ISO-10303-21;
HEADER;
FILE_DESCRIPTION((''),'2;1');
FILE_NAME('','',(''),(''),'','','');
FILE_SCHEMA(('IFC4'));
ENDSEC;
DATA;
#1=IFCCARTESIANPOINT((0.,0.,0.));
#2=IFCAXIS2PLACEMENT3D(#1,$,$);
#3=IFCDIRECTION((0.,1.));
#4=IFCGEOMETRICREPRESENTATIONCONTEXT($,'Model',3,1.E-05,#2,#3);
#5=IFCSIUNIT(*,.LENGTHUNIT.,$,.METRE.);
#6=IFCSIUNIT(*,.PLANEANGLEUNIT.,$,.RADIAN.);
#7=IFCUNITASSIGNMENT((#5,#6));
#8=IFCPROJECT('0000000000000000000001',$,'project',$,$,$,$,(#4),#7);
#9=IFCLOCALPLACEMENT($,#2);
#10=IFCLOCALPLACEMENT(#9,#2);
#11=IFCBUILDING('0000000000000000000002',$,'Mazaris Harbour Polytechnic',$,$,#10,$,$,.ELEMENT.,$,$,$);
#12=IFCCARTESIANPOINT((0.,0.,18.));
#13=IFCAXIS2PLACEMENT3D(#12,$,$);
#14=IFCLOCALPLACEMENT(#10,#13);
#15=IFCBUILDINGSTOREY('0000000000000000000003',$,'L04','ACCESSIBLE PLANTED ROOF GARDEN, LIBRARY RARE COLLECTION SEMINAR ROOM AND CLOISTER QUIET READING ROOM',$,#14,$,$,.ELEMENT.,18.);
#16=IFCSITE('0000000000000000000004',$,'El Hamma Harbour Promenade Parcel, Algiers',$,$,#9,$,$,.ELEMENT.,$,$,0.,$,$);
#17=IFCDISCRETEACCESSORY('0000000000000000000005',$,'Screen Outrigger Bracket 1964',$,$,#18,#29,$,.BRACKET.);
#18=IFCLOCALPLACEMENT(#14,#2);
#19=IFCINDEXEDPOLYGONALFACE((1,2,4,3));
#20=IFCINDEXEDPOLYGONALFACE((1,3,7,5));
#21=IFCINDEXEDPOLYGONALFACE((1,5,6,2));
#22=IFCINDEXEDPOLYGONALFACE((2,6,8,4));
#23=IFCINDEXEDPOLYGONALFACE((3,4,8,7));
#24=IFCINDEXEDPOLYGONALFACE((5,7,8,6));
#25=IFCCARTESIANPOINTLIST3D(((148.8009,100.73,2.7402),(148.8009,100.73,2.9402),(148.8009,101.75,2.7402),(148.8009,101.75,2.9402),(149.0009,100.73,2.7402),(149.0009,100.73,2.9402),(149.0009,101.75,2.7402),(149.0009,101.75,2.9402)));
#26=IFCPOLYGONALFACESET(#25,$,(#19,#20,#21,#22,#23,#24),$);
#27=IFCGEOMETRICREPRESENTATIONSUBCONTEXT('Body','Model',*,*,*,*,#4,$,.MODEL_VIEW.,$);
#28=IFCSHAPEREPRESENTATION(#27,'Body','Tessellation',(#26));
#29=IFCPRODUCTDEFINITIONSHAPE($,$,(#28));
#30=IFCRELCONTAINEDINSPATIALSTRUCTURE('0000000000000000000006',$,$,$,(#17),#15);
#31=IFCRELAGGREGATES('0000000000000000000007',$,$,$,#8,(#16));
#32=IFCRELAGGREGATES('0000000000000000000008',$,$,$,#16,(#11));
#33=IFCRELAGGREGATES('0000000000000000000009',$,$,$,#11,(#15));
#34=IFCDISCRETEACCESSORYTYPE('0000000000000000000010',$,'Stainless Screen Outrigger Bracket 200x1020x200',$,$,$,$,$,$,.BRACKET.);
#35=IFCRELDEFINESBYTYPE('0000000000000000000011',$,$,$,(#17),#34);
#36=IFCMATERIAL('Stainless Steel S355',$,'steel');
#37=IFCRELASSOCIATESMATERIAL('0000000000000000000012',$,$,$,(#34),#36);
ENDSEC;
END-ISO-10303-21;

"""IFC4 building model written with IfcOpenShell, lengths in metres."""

from ifc_helpers import new_model, si_unit, direction, frame, origin, origin_2d, place, context, subcontext, project, spatial, rectangle, extrude, material, type_object, element, save


model = new_model("IFC4")

# Units and contexts
model_context = context("Model", 3, precision=1e-05, world=origin(), true_north=direction((0.0, 1.0)))
body_context = subcontext(model_context, "Body", "Model", "MODEL_VIEW")
ifc_project = project(units=[si_unit("LENGTHUNIT", "METRE"), si_unit("PLANEANGLEUNIT", "RADIAN")], contexts=[model_context])

# Site, building, storey
site_placement = place(None, origin())
site = spatial("IfcSite", under=ifc_project, at=site_placement, Name="El Hamma Harbour Promenade Parcel, Algiers", CompositionType="ELEMENT", RefElevation=0.0)
building_placement = place(site_placement, origin())
building = spatial("IfcBuilding", under=site, at=building_placement, Name="Mazaris Harbour Polytechnic", CompositionType="ELEMENT")
storey_placement = place(building_placement, frame((0.0, 0.0, 18.0)))
storey = spatial("IfcBuildingStorey", under=building, at=storey_placement, Name="L04", Description="ACCESSIBLE PLANTED ROOF GARDEN, LIBRARY RARE COLLECTION SEMINAR ROOM AND CLOISTER QUIET READING ROOM", CompositionType="ELEMENT", Elevation=18.0)

# Discrete accessory
ifc_material_1 = material(Name="Stainless Steel S355", Category="steel")
discrete_accessory_type = type_object("IfcDiscreteAccessoryType", Name="Stainless Screen Outrigger Bracket 200x1020x200", PredefinedType="BRACKET", material=ifc_material_1)
for number, where, z_axis, x_axis, name in (
    (1, (148.9009, 101.24, 2.7402), (0.0, 0.0, 1.0), (1.0, 0.0, 0.0), "Screen Outrigger Bracket 1964"),
):
    element("IfcDiscreteAccessory", number, at=place(storey_placement, frame(where, z_axis=z_axis, x_axis=x_axis)), inside=storey, type_object=discrete_accessory_type, Name=name, PredefinedType="BRACKET", context=body_context, shape_type="SweptSolid", body=[
        extrude(rectangle(XDim=0.2, YDim=1.02, at=origin_2d()), origin(), (0.0, 0.0, 1.0), 0.2),
    ])

save(model, "model.ifc")
